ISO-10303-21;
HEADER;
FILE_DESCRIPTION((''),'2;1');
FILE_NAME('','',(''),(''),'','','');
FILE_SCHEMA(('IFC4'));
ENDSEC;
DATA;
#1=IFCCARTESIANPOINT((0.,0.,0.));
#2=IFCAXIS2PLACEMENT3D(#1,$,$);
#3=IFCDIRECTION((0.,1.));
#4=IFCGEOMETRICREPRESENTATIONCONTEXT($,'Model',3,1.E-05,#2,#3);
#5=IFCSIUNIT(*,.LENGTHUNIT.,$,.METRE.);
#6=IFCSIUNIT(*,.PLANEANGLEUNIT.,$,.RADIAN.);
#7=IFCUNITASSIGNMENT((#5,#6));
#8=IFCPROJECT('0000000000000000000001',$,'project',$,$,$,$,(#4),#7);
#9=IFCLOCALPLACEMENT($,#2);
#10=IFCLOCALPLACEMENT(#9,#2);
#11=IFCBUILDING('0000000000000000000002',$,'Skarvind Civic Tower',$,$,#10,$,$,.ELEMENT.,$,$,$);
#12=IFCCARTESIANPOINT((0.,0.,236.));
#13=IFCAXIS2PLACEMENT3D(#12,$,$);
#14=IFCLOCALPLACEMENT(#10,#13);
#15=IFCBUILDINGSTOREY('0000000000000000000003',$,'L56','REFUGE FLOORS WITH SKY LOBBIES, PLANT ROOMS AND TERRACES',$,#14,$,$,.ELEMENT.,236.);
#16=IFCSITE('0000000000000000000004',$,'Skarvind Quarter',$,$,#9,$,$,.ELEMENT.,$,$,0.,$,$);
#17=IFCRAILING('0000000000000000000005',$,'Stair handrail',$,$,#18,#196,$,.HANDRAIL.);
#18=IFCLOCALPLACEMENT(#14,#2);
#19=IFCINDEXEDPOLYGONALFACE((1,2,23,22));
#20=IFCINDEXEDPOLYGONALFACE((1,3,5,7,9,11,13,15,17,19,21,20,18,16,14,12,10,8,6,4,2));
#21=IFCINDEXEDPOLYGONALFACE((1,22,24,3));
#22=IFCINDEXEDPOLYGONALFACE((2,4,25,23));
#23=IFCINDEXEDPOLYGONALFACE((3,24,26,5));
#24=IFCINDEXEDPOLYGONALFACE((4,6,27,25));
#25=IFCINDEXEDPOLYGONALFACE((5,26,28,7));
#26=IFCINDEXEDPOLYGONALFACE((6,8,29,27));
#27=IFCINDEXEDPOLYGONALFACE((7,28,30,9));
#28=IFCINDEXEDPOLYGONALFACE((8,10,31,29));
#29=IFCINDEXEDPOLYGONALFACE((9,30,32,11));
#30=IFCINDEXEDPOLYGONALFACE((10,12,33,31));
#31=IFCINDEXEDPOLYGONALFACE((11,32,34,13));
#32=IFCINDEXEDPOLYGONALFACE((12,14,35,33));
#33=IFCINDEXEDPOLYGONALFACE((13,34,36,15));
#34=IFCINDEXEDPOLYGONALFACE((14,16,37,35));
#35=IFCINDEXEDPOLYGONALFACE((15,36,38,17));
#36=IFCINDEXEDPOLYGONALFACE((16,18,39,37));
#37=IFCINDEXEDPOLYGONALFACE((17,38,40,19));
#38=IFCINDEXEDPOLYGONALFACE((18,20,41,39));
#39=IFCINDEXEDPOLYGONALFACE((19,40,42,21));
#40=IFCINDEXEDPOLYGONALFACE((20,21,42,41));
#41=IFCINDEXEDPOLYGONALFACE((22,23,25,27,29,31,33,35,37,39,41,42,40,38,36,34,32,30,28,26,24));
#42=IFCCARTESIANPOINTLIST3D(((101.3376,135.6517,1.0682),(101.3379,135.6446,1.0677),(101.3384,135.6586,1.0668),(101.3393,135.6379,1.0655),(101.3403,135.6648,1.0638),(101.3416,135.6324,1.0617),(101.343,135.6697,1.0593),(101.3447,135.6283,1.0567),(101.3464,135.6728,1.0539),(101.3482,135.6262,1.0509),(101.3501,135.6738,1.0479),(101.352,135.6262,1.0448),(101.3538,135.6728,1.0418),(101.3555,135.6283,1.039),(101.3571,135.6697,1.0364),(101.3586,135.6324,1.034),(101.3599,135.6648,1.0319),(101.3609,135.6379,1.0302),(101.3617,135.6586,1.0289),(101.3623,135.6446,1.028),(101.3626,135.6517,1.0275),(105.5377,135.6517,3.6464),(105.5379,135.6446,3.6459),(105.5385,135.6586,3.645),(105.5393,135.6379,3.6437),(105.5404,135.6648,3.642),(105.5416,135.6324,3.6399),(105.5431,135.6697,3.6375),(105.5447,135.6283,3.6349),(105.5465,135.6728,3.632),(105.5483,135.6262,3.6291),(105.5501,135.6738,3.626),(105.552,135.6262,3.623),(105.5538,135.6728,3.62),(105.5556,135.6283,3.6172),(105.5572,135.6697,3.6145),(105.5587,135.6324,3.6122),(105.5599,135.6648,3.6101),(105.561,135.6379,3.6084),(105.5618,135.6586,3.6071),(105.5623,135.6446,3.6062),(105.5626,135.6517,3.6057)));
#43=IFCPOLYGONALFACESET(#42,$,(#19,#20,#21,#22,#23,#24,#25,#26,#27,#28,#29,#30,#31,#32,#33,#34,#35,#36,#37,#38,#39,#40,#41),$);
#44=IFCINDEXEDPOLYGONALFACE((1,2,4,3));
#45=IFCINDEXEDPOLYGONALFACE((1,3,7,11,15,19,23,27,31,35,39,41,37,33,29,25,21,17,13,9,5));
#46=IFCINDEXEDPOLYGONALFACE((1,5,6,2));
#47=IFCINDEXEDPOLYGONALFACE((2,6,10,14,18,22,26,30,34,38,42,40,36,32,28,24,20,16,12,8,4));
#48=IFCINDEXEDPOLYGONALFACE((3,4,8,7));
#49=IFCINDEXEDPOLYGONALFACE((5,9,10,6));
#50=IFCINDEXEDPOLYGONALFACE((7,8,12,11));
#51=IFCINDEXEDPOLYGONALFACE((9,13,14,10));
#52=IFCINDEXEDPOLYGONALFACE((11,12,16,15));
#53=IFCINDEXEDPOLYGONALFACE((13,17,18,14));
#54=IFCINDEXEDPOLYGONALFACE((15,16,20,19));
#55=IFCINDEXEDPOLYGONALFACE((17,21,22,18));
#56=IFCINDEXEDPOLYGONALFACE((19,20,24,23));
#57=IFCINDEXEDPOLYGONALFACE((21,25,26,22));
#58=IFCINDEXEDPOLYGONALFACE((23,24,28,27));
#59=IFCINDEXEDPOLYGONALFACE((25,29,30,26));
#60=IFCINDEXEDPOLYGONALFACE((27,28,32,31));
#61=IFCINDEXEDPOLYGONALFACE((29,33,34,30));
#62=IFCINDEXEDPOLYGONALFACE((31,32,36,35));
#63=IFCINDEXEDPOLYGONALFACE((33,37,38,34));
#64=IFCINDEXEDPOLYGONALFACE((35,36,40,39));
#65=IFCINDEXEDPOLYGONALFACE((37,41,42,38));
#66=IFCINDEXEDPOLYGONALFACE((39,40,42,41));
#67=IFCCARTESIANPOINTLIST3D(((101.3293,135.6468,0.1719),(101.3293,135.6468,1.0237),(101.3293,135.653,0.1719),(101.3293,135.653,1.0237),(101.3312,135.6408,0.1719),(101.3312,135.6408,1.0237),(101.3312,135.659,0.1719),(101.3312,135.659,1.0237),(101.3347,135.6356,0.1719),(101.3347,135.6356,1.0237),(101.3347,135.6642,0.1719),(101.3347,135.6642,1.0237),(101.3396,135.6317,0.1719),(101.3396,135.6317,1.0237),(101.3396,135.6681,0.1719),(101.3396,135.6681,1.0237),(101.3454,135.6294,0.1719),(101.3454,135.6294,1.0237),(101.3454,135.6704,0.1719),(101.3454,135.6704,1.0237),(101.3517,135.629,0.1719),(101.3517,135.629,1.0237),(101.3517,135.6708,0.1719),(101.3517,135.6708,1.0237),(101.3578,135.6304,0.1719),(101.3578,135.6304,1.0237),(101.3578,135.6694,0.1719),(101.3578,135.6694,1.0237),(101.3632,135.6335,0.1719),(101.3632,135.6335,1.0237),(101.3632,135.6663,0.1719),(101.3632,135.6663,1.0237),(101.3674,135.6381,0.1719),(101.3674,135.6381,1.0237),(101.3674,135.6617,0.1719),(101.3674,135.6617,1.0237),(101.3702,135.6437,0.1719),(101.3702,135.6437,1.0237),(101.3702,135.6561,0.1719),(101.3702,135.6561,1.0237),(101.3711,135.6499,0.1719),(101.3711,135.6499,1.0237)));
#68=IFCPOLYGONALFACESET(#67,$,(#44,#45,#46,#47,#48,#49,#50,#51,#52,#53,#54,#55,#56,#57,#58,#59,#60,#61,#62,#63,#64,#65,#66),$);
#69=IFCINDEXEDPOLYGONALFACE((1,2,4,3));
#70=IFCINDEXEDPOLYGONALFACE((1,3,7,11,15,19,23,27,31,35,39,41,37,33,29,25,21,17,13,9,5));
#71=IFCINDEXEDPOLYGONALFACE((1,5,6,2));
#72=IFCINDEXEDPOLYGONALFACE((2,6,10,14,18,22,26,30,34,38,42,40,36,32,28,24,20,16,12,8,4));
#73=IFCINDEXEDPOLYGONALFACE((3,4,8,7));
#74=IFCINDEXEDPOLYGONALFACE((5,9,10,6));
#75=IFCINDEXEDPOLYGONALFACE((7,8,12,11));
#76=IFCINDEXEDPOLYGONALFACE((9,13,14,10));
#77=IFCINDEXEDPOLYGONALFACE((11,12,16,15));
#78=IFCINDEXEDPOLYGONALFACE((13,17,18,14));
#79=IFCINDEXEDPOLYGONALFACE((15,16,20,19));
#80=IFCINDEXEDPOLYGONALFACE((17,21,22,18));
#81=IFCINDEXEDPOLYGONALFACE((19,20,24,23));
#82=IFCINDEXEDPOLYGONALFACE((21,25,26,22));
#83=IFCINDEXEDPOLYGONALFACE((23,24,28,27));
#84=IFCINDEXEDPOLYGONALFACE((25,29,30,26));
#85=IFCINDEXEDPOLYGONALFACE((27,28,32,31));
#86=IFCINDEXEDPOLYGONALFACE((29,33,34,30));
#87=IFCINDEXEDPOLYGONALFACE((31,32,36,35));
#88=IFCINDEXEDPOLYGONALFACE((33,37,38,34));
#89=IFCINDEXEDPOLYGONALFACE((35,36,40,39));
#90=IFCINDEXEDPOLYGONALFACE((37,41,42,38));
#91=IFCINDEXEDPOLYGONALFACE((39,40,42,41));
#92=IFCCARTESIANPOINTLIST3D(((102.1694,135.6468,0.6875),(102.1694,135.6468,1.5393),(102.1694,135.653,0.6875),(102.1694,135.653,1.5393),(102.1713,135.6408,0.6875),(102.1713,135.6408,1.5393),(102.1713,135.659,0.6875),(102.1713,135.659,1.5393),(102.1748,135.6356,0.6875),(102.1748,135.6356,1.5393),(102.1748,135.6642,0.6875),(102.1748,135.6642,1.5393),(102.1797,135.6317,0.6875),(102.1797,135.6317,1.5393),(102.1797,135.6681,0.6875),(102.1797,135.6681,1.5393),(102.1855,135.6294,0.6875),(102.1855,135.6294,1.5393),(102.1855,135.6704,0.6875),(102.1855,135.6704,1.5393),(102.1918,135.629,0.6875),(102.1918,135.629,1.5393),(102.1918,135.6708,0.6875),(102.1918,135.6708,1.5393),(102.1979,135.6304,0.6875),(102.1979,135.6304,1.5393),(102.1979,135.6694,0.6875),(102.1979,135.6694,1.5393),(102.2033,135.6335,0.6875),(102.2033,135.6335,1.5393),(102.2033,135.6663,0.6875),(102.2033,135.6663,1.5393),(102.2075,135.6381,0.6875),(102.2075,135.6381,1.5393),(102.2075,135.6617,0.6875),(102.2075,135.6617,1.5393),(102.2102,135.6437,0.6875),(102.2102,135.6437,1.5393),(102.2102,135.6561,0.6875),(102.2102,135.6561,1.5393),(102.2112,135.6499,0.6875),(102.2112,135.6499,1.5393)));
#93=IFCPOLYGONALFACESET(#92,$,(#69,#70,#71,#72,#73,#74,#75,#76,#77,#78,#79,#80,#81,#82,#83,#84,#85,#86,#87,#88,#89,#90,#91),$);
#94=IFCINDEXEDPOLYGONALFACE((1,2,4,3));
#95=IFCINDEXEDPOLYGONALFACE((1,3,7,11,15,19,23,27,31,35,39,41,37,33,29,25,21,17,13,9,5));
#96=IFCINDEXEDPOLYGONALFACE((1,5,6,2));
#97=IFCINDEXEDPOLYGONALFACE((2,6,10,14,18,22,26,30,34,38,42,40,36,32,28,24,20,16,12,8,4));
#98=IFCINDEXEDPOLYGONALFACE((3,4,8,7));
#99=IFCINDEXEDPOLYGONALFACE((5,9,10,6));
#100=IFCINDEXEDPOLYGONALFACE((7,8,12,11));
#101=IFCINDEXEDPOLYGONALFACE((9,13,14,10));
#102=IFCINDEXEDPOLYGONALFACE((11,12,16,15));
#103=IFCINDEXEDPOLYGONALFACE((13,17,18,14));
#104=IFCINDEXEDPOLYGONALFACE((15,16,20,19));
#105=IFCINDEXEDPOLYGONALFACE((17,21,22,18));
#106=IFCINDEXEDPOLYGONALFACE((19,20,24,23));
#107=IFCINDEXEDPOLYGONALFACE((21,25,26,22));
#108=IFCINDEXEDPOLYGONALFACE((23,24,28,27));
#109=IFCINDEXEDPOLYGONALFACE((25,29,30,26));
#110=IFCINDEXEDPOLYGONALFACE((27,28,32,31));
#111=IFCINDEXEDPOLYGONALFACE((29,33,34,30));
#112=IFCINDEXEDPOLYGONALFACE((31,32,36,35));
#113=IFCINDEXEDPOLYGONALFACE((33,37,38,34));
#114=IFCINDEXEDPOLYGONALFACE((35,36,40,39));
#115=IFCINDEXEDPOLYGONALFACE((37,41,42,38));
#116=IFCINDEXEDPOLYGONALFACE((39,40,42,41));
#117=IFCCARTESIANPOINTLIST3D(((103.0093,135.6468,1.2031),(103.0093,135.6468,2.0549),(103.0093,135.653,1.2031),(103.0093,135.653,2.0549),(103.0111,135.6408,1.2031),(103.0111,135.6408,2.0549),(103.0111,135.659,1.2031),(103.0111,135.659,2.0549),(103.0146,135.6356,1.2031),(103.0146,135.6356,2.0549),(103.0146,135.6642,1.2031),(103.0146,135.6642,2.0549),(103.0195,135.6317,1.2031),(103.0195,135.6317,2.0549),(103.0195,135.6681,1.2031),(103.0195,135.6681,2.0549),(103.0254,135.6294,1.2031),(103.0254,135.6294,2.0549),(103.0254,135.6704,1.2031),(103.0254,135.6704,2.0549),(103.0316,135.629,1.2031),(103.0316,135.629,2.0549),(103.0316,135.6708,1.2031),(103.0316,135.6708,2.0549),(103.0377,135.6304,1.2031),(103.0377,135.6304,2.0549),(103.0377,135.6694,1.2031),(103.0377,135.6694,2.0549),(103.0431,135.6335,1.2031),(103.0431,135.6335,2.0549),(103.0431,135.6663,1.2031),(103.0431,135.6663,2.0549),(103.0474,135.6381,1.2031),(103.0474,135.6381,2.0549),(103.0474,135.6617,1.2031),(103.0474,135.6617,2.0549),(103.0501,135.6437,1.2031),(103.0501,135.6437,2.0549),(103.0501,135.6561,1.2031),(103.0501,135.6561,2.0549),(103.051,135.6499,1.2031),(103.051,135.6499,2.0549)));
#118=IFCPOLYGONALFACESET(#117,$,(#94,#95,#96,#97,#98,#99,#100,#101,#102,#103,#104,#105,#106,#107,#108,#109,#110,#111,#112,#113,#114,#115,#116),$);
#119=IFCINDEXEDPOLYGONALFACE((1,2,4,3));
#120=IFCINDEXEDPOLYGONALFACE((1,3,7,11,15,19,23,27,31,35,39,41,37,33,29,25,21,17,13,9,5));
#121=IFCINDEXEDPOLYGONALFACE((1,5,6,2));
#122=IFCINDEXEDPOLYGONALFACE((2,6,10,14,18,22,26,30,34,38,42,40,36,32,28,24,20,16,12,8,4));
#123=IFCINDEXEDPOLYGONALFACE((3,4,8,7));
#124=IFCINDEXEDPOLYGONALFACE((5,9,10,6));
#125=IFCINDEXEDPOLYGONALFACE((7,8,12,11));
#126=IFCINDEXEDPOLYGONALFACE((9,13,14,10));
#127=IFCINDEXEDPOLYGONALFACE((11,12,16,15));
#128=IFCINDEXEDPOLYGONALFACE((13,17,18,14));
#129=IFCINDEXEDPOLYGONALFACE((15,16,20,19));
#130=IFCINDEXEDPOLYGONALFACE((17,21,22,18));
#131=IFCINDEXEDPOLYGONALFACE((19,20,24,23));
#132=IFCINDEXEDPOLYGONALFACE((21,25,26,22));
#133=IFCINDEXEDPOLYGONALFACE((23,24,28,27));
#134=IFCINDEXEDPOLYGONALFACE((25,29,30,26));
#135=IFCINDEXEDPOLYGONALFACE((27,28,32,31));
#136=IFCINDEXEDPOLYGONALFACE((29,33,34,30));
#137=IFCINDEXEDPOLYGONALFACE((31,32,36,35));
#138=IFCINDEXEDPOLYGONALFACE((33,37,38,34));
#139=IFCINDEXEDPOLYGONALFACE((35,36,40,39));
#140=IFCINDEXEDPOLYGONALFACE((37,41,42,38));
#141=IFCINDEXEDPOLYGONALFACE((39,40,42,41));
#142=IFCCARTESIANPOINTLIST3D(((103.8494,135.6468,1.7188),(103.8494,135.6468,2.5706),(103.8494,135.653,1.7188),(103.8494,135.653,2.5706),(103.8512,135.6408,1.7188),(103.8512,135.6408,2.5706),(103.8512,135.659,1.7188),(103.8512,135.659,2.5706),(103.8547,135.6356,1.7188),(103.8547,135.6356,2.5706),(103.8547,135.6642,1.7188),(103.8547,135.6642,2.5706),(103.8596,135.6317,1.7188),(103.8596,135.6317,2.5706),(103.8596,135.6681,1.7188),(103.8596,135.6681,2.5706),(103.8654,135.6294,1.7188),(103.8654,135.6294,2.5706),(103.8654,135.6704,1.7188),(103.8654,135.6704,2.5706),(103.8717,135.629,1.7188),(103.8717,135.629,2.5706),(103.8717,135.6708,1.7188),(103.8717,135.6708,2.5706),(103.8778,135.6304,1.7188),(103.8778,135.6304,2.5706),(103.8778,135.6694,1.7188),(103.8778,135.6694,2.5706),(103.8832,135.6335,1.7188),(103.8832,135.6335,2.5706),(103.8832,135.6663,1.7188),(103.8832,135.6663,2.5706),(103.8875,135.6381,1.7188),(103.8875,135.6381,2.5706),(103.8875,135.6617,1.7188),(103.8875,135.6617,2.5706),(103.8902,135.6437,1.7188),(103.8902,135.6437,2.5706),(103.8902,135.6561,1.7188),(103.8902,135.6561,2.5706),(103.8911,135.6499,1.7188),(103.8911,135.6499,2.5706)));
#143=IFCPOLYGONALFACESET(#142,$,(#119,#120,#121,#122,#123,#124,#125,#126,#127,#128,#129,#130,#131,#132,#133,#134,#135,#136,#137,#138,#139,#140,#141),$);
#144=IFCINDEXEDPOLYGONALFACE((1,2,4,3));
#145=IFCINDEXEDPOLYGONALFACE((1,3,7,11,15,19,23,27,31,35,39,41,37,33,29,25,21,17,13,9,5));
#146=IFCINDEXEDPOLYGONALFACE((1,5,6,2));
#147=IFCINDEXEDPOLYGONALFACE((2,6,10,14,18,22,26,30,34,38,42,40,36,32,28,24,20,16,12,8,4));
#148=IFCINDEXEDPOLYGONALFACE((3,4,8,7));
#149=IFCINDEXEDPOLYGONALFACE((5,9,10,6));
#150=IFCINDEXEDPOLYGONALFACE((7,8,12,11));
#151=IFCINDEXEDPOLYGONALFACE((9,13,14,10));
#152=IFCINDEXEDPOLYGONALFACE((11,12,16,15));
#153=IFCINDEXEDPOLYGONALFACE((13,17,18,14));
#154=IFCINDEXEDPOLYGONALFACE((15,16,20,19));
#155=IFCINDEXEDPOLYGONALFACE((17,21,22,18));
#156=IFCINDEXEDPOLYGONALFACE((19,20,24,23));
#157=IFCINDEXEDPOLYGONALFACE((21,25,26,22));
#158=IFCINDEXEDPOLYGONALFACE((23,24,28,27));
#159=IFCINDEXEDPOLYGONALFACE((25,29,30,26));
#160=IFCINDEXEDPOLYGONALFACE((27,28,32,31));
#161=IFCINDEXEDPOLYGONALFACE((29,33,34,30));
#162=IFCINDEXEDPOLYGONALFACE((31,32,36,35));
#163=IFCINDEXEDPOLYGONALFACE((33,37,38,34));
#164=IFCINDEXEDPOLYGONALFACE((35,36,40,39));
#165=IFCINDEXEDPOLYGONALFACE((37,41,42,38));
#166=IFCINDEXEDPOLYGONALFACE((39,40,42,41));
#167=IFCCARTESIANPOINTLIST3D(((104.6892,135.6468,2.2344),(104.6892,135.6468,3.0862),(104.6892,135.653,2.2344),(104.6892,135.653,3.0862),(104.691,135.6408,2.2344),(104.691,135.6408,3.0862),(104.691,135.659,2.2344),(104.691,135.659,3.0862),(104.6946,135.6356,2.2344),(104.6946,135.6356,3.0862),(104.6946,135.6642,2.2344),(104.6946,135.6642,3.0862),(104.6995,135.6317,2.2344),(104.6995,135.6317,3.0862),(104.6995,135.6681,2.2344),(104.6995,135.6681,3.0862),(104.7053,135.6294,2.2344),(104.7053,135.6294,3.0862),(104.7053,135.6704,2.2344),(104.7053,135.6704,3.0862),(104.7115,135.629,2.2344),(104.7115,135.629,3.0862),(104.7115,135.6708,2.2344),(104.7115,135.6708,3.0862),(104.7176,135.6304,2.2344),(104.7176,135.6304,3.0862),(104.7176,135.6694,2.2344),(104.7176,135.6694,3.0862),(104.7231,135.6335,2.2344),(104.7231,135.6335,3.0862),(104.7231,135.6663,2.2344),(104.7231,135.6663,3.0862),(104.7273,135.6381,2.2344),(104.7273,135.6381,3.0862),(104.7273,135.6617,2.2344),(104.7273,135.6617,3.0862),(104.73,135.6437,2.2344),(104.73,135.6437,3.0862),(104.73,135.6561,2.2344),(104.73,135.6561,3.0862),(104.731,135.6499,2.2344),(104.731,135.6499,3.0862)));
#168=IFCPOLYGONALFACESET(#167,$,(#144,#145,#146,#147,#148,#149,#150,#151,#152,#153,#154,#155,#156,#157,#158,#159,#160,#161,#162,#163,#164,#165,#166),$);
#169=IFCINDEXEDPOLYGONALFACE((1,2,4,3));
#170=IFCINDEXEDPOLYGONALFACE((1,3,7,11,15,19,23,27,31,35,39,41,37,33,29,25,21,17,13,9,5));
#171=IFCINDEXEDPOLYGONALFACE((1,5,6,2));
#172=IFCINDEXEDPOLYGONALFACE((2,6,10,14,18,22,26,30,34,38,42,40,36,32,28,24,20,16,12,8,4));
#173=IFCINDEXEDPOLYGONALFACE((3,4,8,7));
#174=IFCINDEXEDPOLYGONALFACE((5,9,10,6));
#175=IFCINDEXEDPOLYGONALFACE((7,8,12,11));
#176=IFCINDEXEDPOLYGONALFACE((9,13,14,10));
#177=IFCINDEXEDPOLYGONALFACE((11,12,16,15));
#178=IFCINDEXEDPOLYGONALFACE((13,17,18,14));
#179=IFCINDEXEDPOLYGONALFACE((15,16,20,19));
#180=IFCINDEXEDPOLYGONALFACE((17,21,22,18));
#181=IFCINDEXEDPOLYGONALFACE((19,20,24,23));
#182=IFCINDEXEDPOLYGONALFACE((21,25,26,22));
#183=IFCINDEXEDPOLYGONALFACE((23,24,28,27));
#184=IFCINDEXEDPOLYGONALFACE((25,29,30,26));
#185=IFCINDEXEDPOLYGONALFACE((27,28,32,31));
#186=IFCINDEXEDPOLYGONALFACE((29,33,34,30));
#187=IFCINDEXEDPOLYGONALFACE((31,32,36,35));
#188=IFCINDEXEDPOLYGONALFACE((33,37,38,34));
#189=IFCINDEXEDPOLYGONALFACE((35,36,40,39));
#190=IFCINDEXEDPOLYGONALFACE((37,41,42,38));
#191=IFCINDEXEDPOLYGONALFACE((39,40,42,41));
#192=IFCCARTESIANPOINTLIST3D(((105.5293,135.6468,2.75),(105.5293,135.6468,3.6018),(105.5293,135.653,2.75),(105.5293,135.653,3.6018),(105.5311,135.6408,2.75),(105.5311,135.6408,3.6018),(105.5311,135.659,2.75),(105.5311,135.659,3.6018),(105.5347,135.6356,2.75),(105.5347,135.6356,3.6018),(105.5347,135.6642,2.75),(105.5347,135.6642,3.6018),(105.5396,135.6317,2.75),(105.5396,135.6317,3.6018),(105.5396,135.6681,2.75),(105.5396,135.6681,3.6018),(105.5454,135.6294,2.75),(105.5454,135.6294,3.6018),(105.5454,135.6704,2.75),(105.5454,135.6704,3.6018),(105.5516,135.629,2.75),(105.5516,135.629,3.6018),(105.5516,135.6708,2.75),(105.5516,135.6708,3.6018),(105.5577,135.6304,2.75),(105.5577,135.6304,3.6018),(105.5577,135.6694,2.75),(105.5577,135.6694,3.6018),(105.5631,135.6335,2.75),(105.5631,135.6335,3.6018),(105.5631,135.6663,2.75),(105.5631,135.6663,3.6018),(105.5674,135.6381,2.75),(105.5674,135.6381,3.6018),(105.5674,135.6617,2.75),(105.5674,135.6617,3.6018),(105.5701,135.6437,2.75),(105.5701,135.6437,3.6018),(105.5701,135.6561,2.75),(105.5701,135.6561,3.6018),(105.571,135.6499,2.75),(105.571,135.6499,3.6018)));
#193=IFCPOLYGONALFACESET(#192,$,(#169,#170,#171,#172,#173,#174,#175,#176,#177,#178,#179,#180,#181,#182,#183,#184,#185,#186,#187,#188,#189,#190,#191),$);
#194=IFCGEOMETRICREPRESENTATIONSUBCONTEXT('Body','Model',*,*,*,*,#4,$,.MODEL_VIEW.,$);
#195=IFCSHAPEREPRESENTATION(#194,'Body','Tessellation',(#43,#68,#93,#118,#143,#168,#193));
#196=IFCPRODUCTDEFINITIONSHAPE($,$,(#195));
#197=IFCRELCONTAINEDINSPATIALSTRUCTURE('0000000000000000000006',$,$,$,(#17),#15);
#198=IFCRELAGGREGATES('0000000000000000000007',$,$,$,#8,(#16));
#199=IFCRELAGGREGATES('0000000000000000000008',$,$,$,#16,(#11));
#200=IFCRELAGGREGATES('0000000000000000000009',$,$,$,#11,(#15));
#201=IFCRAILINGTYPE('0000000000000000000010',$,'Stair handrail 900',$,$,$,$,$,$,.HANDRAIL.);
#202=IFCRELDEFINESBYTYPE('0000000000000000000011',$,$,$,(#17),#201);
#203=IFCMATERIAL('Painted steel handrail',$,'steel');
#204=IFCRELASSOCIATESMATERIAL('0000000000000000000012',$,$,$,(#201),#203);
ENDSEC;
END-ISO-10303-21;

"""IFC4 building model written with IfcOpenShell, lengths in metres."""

from ifc_helpers import new_model, si_unit, direction, frame, origin, origin_2d, place, context, subcontext, project, spatial, circle, extrude, material, type_object, element, save


model = new_model("IFC4")

# Units and contexts
model_context = context("Model", 3, precision=1e-05, world=origin(), true_north=direction((0.0, 1.0)))
body_context = subcontext(model_context, "Body", "Model", "MODEL_VIEW")
ifc_project = project(units=[si_unit("LENGTHUNIT", "METRE"), si_unit("PLANEANGLEUNIT", "RADIAN")], contexts=[model_context])

# Site, building, storey
site_placement = place(None, origin())
site = spatial("IfcSite", under=ifc_project, at=site_placement, Name="Skarvind Quarter", CompositionType="ELEMENT", RefElevation=0.0)
building_placement = place(site_placement, origin())
building = spatial("IfcBuilding", under=site, at=building_placement, Name="Skarvind Civic Tower", CompositionType="ELEMENT")
storey_placement = place(building_placement, frame((0.0, 0.0, 236.0)))
storey = spatial("IfcBuildingStorey", under=building, at=storey_placement, Name="L56", Description="REFUGE FLOORS WITH SKY LOBBIES, PLANT ROOMS AND TERRACES", CompositionType="ELEMENT", Elevation=236.0)

# Railing
ifc_material_1 = material(Name="Painted steel handrail", Category="steel")
railing_type = type_object("IfcRailingType", Name="Stair handrail 900", PredefinedType="HANDRAIL", material=ifc_material_1)
railing_1_placement = place(storey_placement, frame((101.3501, 135.6499, 0.1719)))
element("IfcRailing", 1, at=railing_1_placement, inside=storey, type_object=railing_type, Name="Stair handrail", PredefinedType="HANDRAIL", context=body_context, shape_type="SweptSolid", body=[
    extrude(circle(Radius=0.0239, at=origin_2d()), frame((0.0, 0.0, 0.876), z_axis=(0.852243, 0.0, 0.523146), x_axis=(0.0, 1.0, 0.0)), (0.0, 0.0, 1.0), 4.9282),
    extrude(circle(Radius=0.021, at=origin_2d()), origin(), (0.0, 0.0, 1.0), 0.8518),
    extrude(circle(Radius=0.021, at=origin_2d()), frame((0.8401, 0.0, 0.5156)), (0.0, 0.0, 1.0), 0.8518),
    extrude(circle(Radius=0.021, at=origin_2d()), frame((1.6799, 0.0, 1.0312)), (0.0, 0.0, 1.0), 0.8518),
    extrude(circle(Radius=0.021, at=origin_2d()), frame((2.52, 0.0, 1.5469)), (0.0, 0.0, 1.0), 0.8518),
    extrude(circle(Radius=0.021, at=origin_2d()), frame((3.3599, 0.0, 2.0625)), (0.0, 0.0, 1.0), 0.8518),
    extrude(circle(Radius=0.021, at=origin_2d()), frame((4.2, 0.0, 2.5781)), (0.0, 0.0, 1.0), 0.8518),
])

save(model, "model.ifc")
